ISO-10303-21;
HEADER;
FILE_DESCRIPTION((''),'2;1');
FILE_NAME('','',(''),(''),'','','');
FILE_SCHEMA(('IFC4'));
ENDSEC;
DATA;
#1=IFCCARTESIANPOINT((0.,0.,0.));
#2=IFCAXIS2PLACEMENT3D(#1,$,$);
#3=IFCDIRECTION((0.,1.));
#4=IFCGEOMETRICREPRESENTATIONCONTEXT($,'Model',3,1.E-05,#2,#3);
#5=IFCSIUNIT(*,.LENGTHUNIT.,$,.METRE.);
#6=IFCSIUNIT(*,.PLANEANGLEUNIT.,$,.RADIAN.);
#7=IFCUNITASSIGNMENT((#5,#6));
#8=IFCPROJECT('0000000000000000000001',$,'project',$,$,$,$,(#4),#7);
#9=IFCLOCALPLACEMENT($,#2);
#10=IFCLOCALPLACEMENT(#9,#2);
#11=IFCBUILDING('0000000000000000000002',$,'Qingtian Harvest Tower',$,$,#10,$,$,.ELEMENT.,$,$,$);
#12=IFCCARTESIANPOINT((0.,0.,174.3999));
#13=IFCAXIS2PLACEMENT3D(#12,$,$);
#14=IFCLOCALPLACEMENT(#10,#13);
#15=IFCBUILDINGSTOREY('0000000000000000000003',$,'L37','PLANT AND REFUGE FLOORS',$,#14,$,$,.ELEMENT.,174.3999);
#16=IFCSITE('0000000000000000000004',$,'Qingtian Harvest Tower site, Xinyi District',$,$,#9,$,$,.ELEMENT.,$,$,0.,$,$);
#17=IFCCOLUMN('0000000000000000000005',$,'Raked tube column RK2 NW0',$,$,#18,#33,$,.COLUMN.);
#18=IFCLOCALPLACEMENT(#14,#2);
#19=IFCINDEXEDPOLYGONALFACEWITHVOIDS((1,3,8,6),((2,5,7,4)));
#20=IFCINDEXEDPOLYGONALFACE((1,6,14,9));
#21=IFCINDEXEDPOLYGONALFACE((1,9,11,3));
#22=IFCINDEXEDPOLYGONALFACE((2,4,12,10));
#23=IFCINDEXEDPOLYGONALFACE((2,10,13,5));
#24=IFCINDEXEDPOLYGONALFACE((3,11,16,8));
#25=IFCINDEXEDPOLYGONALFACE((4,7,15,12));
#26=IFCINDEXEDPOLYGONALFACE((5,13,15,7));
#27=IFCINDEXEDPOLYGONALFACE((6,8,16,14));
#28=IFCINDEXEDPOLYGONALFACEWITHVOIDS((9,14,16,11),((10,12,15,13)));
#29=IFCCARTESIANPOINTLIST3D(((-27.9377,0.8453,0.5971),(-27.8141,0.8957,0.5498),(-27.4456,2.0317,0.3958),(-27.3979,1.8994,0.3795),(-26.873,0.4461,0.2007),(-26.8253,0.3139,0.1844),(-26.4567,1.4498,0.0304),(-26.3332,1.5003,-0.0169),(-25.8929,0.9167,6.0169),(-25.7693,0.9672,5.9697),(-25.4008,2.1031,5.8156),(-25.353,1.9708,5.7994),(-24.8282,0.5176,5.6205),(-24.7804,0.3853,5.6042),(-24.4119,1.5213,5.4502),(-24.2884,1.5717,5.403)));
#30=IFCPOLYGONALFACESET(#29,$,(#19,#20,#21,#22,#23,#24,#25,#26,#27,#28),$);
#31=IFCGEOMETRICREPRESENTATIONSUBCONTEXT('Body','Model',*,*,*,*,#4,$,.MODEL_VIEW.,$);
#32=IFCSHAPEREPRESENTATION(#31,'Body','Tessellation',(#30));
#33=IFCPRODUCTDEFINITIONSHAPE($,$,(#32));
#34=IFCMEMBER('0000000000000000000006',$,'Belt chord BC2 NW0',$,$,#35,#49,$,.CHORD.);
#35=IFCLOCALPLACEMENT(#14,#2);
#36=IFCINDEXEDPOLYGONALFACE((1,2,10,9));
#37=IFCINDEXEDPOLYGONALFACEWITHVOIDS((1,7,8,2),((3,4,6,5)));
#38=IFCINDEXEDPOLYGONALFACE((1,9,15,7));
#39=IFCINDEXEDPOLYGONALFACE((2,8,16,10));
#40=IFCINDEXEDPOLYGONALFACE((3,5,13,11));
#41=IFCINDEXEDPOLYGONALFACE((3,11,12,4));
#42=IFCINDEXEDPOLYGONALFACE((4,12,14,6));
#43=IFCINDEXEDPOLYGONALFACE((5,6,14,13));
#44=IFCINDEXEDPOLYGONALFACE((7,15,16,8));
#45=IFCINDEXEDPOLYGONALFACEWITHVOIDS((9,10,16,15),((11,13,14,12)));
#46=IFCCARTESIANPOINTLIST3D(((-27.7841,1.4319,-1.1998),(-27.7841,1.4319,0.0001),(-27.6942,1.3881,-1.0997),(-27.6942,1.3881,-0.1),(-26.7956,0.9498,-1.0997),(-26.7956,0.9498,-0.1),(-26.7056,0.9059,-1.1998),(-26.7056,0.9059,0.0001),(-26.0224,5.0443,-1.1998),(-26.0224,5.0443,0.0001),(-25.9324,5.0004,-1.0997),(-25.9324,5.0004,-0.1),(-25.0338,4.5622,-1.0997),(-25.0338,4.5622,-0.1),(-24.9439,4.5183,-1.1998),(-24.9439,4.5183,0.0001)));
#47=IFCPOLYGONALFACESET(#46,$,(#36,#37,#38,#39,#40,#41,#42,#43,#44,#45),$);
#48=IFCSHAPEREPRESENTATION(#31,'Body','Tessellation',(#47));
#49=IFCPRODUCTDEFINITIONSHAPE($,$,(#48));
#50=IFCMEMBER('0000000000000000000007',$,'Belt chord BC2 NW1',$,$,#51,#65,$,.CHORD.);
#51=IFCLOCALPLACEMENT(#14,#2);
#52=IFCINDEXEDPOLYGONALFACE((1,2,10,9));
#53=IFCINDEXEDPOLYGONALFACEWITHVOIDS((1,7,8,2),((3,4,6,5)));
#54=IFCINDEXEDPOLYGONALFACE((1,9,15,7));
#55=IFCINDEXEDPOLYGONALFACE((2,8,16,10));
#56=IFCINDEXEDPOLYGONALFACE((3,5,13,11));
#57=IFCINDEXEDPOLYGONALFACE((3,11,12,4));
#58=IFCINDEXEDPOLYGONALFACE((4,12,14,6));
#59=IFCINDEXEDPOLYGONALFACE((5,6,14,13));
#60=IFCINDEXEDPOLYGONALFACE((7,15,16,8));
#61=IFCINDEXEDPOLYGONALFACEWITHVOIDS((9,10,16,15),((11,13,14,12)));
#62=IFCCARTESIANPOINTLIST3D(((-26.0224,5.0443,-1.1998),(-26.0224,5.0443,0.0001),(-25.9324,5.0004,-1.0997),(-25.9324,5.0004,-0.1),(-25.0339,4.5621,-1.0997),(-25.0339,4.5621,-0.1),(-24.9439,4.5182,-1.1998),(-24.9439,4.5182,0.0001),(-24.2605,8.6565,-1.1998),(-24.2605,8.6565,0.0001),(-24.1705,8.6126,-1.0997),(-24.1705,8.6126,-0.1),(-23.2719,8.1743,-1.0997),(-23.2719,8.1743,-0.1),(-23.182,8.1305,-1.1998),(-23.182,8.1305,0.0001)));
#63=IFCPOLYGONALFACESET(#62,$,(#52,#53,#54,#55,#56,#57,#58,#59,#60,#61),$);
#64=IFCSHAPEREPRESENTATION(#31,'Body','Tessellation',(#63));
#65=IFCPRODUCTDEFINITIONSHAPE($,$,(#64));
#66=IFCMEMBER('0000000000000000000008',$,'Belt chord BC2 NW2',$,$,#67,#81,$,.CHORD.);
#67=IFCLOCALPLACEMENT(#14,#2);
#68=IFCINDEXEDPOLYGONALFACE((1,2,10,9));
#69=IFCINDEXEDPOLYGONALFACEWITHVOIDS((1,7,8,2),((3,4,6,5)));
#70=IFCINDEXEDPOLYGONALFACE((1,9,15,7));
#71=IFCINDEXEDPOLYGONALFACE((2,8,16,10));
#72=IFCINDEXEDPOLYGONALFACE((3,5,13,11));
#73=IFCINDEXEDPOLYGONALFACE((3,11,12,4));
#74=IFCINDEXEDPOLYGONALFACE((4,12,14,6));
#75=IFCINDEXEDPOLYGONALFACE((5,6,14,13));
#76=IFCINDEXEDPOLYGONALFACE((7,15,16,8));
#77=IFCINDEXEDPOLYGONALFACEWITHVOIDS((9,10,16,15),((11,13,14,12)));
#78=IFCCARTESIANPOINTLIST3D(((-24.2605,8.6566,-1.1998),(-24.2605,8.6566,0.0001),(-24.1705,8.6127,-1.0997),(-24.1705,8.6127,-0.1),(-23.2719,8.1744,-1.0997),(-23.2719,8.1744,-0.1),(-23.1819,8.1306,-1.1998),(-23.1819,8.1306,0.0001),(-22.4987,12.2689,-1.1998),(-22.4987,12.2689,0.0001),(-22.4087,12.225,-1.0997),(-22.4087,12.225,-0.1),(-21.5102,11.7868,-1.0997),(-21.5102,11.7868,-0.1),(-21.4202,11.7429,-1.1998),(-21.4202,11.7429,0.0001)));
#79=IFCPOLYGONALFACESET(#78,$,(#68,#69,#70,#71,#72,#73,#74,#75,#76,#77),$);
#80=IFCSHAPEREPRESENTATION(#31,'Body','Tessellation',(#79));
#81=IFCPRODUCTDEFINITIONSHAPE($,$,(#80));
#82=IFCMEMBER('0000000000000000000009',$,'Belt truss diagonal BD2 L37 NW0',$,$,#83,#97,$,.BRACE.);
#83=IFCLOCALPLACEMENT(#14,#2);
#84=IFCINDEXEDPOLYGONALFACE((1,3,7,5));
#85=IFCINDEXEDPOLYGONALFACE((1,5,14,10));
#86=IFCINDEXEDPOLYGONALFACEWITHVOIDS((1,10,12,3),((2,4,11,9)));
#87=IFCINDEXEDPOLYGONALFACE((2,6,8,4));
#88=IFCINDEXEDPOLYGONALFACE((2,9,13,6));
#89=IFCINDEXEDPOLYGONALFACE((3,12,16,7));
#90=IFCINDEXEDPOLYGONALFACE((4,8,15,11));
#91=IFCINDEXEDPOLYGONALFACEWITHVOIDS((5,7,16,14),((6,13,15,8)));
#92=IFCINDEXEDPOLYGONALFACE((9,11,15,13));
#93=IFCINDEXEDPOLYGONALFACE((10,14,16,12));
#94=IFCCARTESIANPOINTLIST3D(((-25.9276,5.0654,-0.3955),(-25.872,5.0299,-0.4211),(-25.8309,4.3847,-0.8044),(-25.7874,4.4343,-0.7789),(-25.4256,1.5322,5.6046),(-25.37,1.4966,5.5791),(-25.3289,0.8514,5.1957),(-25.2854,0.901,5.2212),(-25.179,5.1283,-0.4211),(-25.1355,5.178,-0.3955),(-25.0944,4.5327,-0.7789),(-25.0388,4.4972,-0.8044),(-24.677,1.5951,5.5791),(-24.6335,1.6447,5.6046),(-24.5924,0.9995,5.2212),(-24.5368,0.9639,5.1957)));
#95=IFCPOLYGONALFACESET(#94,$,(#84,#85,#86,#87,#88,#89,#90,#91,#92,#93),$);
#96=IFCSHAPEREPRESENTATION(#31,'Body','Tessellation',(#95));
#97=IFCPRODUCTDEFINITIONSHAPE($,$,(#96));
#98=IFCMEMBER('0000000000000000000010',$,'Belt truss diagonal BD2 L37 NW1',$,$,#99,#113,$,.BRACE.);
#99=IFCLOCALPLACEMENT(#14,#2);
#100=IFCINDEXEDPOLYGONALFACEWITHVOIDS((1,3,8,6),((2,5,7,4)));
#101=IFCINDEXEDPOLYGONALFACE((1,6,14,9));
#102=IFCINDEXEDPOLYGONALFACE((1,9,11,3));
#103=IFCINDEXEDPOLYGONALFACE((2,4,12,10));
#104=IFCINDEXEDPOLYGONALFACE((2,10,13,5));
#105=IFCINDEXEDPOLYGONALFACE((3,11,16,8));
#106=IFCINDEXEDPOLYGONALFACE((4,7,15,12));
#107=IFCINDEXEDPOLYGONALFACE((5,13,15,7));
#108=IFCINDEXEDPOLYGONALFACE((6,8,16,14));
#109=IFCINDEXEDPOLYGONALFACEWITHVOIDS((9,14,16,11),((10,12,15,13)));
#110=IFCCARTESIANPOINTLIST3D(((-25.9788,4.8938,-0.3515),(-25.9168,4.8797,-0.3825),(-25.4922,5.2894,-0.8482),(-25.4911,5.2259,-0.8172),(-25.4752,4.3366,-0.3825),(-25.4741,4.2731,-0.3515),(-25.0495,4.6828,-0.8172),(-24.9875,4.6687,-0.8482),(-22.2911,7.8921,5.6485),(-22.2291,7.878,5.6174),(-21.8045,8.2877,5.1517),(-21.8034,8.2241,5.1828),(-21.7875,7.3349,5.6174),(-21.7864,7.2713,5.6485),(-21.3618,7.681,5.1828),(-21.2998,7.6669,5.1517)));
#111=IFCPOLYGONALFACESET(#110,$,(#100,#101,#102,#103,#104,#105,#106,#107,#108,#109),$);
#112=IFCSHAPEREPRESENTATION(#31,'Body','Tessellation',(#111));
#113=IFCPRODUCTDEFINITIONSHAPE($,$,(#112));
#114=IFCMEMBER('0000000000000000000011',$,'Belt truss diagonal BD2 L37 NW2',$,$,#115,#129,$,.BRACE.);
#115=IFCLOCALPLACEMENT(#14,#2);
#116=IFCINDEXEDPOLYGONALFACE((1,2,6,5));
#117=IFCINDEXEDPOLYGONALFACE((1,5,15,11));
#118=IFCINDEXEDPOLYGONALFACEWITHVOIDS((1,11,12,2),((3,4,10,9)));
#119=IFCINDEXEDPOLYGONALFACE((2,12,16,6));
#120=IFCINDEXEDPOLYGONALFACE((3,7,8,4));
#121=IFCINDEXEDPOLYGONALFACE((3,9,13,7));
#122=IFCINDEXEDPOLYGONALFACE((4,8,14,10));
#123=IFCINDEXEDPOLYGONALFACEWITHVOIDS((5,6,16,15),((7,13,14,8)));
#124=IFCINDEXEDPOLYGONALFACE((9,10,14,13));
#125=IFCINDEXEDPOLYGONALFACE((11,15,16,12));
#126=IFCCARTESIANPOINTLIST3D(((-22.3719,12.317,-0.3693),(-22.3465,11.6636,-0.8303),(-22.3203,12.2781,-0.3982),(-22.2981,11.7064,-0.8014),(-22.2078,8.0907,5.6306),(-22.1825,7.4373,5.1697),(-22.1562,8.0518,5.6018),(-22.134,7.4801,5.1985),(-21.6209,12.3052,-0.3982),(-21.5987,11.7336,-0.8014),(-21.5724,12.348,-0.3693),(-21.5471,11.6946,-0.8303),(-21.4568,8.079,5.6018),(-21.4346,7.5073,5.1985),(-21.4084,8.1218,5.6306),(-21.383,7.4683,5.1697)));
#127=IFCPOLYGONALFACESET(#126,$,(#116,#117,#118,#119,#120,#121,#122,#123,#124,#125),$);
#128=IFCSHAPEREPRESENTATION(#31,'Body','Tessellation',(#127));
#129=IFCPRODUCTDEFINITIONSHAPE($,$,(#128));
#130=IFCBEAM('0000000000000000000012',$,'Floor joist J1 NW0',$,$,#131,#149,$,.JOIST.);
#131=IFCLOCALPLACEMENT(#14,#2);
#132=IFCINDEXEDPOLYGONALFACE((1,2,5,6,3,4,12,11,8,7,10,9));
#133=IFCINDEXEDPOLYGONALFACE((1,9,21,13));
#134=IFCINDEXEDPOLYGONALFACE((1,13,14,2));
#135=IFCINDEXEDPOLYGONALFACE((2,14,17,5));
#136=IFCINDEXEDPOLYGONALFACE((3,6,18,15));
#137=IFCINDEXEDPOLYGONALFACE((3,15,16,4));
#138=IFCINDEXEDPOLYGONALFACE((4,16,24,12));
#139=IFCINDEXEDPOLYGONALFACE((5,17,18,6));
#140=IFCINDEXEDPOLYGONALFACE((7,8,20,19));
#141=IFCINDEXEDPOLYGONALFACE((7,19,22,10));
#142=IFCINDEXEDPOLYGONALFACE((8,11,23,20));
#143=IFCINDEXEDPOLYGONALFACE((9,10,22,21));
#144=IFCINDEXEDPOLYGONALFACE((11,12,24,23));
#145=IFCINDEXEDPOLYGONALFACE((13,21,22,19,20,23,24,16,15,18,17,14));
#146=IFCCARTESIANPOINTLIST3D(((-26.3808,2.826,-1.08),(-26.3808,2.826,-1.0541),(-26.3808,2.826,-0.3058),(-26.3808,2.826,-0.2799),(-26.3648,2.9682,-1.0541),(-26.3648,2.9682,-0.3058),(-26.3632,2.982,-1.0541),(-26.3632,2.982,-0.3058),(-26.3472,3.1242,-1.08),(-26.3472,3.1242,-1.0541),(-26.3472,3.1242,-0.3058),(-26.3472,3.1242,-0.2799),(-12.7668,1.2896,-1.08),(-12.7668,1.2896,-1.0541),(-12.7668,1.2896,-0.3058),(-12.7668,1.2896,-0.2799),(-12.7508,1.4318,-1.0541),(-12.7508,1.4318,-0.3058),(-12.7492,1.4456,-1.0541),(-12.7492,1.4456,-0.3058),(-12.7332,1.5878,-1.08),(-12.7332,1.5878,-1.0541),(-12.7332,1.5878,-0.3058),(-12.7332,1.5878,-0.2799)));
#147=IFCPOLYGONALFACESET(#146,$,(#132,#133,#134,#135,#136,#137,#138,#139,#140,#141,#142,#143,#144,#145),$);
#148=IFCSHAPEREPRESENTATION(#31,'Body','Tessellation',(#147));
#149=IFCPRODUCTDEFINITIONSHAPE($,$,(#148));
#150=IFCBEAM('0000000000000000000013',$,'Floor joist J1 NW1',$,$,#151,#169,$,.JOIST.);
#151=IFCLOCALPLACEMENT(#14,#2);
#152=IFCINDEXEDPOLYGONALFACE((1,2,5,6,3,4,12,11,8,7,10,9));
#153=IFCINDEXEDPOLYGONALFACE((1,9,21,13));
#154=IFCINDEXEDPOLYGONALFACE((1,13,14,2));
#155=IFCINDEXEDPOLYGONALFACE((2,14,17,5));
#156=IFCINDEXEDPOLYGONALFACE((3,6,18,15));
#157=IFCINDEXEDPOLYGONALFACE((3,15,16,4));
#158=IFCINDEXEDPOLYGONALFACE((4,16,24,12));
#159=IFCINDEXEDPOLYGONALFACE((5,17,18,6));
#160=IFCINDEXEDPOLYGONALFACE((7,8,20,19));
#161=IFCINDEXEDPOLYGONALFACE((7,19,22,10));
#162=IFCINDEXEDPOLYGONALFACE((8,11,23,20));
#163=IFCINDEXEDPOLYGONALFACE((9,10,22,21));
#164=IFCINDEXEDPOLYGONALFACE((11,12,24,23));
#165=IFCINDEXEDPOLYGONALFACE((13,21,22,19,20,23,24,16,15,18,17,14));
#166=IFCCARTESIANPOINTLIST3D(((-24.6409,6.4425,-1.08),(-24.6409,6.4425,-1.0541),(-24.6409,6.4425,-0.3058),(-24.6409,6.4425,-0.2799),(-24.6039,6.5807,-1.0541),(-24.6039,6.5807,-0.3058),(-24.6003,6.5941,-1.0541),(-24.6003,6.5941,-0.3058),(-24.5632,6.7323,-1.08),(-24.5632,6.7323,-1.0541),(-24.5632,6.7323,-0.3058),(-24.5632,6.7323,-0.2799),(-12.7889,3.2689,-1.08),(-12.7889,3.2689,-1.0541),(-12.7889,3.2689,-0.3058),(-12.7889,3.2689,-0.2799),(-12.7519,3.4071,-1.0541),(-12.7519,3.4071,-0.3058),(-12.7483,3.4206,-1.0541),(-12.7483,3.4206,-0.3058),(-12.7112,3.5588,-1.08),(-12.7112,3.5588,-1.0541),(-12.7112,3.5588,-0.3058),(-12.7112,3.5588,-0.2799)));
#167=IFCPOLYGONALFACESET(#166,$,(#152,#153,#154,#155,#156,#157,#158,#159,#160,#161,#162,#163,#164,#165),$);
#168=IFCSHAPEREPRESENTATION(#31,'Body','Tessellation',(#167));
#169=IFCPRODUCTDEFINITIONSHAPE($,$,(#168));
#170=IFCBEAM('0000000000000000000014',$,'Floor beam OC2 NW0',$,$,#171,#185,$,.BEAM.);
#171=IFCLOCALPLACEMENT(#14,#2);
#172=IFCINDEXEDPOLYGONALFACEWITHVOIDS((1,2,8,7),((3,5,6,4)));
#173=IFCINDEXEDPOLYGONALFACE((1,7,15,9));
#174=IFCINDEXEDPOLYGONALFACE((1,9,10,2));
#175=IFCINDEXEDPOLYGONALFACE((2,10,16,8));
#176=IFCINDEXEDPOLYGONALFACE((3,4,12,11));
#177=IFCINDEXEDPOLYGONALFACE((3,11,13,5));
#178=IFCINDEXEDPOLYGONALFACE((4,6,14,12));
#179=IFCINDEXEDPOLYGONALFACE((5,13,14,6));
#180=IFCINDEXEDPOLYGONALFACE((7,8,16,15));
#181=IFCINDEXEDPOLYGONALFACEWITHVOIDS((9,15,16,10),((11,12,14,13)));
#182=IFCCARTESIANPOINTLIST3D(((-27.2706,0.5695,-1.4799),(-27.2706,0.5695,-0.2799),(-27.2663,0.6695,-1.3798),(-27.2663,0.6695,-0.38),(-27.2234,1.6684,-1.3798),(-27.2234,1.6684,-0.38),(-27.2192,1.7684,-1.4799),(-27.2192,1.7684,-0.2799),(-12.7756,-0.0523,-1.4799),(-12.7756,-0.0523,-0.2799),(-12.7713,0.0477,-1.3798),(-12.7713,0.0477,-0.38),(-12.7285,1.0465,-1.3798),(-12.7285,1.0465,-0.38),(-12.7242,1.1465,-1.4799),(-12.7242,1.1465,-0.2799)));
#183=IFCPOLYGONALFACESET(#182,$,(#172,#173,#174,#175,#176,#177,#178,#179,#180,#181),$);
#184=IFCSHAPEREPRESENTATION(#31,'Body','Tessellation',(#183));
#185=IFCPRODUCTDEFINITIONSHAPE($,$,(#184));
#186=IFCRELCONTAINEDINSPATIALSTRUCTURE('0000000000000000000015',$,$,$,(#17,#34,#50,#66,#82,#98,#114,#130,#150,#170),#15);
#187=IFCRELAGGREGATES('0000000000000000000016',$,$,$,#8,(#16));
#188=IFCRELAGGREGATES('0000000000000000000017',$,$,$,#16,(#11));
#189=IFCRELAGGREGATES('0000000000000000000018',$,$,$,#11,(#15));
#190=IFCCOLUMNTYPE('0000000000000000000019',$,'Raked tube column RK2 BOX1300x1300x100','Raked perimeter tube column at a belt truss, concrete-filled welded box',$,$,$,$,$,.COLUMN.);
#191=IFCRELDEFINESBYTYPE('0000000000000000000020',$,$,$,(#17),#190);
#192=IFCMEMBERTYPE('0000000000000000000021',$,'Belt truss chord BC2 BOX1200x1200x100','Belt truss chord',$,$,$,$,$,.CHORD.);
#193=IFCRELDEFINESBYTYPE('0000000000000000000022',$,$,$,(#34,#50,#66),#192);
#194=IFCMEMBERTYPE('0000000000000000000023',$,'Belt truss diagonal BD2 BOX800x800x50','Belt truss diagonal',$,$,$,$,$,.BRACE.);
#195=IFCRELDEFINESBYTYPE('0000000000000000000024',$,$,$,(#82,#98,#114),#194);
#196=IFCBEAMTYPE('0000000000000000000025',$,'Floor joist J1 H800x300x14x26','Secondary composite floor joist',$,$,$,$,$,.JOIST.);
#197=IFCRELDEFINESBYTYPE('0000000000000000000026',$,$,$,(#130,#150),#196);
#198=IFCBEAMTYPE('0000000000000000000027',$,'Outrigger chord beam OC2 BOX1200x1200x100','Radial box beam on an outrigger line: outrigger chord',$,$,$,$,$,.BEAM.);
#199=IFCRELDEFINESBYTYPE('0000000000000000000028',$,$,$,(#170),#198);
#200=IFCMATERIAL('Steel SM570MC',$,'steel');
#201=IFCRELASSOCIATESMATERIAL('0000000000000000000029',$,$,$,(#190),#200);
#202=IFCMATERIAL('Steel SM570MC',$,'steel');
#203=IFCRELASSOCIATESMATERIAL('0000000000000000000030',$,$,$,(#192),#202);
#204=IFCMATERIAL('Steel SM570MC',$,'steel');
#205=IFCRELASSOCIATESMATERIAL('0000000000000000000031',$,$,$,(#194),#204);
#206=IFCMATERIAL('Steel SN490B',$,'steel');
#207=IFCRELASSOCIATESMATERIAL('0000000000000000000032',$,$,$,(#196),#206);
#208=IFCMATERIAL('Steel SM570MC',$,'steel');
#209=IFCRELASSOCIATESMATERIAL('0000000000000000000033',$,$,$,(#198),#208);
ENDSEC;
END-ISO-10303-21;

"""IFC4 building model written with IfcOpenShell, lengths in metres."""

from ifc_helpers import new_model, si_unit, direction, frame, origin, origin_2d, place, context, subcontext, project, spatial, hollow_rectangle, i_section, extrude, clip, halfspace, material, material_profile, profile_set, type_object, element, save


model = new_model("IFC4")

# Units and contexts
model_context = context("Model", 3, precision=1e-05, world=origin(), true_north=direction((0.0, 1.0)))
body_context = subcontext(model_context, "Body", "Model", "MODEL_VIEW")
ifc_project = project(units=[si_unit("LENGTHUNIT", "METRE"), si_unit("PLANEANGLEUNIT", "RADIAN")], contexts=[model_context])

# Site, building, storey
site_placement = place(None, origin())
site = spatial("IfcSite", under=ifc_project, at=site_placement, Name="Qingtian Harvest Tower site, Xinyi District", CompositionType="ELEMENT", RefElevation=0.0)
building_placement = place(site_placement, origin())
building = spatial("IfcBuilding", under=site, at=building_placement, Name="Qingtian Harvest Tower", CompositionType="ELEMENT")
storey_placement = place(building_placement, frame((0.0, 0.0, 174.3999)))
storey = spatial("IfcBuildingStorey", under=building, at=storey_placement, Name="L37", Description="PLANT AND REFUGE FLOORS", CompositionType="ELEMENT", Elevation=174.3999)

# Column
ifc_material_1 = material(Name="Steel SM570MC", Category="steel")
ifc_material_profile_1 = material_profile(ifc_material_1, hollow_rectangle(XDim=1.3, YDim=1.3, WallThickness=0.1001, at=origin_2d()), Name="BOX1300x1300x100")
ifc_profile_set_1 = profile_set([ifc_material_profile_1], Name="Steel SM570MC")
column_type = type_object("IfcColumnType", Name="Raked tube column RK2 BOX1300x1300x100", Description="Raked perimeter tube column at a belt truss, concrete-filled welded box", PredefinedType="COLUMN", material=ifc_profile_set_1)
column_1_placement = place(storey_placement, frame((-27.2449, 1.1689, 0.0), z_axis=(0.352965, 0.012334, 0.935555), x_axis=(0.855668, -0.408738, -0.317436)))
element("IfcColumn", 1, at=column_1_placement, inside=storey, type_object=column_type, Name="Raked tube column RK2 NW0", PredefinedType="COLUMN", context=body_context, shape_type="Clipping", body=[
    clip(clip(extrude(hollow_rectangle(XDim=1.3, YDim=1.3, WallThickness=0.1001, at=origin_2d()), origin(), (0.0, 0.0, 1.0), 6.4133), halfspace(frame((0.0, 0.0, 0.3101), z_axis=(0.0, 0.0, -1.0), x_axis=(0.0, -1.0, 0.0)), False)), halfspace(frame((0.0, 0.0, 6.1033), z_axis=(0.0, 0.0, 1.0), x_axis=(0.0, 1.0, 0.0)), False)),
])

# Members
ifc_material_2 = material(Name="Steel SM570MC", Category="steel")
ifc_material_profile_2 = material_profile(ifc_material_2, hollow_rectangle(XDim=1.2, YDim=1.2, WallThickness=0.1001, at=origin_2d()), Name="BOX1200x1200x100")
ifc_profile_set_2 = profile_set([ifc_material_profile_2], Name="Steel SM570MC")
member_type_1 = type_object("IfcMemberType", Name="Belt truss chord BC2 BOX1200x1200x100", Description="Belt truss chord", PredefinedType="CHORD", material=ifc_profile_set_2)
for number, where, z_axis, x_axis, name in (
    (2, (-27.2449, 1.1689, -0.5999), (0.438347, 0.898806, 0.0), (-0.898806, 0.438347, 0.0), "Belt chord BC2 NW0"),
    (3, (-25.4832, 4.7812, -0.5999), (0.438396, 0.898782, 0.0), (-0.898782, 0.438396, 0.0), "Belt chord BC2 NW1"),
    (4, (-23.7212, 8.3936, -0.5999), (0.438347, 0.898806, 0.0), (-0.898806, 0.438347, 0.0), "Belt chord BC2 NW2"),
):
    element("IfcMember", number, at=place(storey_placement, frame(where, z_axis=z_axis, x_axis=x_axis)), inside=storey, type_object=member_type_1, Name=name, PredefinedType="CHORD", context=body_context, shape_type="SweptSolid", body=[
        extrude(hollow_rectangle(XDim=1.2, YDim=1.2, WallThickness=0.1001, at=origin_2d()), origin(), (0.0, 0.0, 1.0), 4.019),
    ])
ifc_material_3 = material(Name="Steel SM570MC", Category="steel")
ifc_material_profile_3 = material_profile(ifc_material_3, hollow_rectangle(XDim=0.8, YDim=0.8, WallThickness=0.05, at=origin_2d()), Name="BOX800x800x50")
ifc_profile_set_3 = profile_set([ifc_material_profile_3], Name="Steel SM570MC")
member_type_2 = type_object("IfcMemberType", Name="Belt truss diagonal BD2 BOX800x800x50", Description="Belt truss diagonal", PredefinedType="BRACE", material=ifc_profile_set_3)
member_1_placement = place(storey_placement, frame((-24.9812, 1.248, 5.4001), z_axis=(-0.071902, 0.506111, -0.859466), x_axis=(-0.990059, -0.140655, 0.0)))
element("IfcMember", 5, at=member_1_placement, inside=storey, type_object=member_type_2, Name="Belt truss diagonal BD2 L37 NW0", PredefinedType="BRACE", context=body_context, shape_type="SweptSolid", body=[
    extrude(hollow_rectangle(XDim=0.8, YDim=0.8, WallThickness=0.05, at=origin_2d()), origin(), (0.0, 0.0, 1.0), 6.9812),
])
member_2_placement = place(storey_placement, frame((-25.4832, 4.7812, -0.5999), z_axis=(0.481784, 0.39171, 0.783867), x_axis=(-0.630846, 0.775908, 0.0)))
element("IfcMember", 6, at=member_2_placement, inside=storey, type_object=member_type_2, Name="Belt truss diagonal BD2 L37 NW1", PredefinedType="BRACE", context=body_context, shape_type="SweptSolid", body=[
    extrude(hollow_rectangle(XDim=0.8, YDim=0.8, WallThickness=0.05, at=origin_2d()), origin(), (0.0, 0.0, 1.0), 7.6543),
])
member_3_placement = place(storey_placement, frame((-21.7954, 7.7795, 5.4001), z_axis=(-0.022349, 0.575723, -0.817339), x_axis=(-0.999247, -0.03879, 0.0)))
element("IfcMember", 7, at=member_3_placement, inside=storey, type_object=member_type_2, Name="Belt truss diagonal BD2 L37 NW2", PredefinedType="BRACE", context=body_context, shape_type="SweptSolid", body=[
    extrude(hollow_rectangle(XDim=0.8, YDim=0.8, WallThickness=0.05, at=origin_2d()), origin(), (0.0, 0.0, 1.0), 7.3408),
])

# Beams
ifc_material_4 = material(Name="Steel SN490B", Category="steel")
ifc_material_profile_4 = material_profile(ifc_material_4, i_section(OverallWidth=0.3, OverallDepth=0.8, WebThickness=0.0139, FlangeThickness=0.0259, at=origin_2d()), Name="H800x300x14x26")
ifc_profile_set_4 = profile_set([ifc_material_profile_4], Name="Steel SN490B")
beam_type_1 = type_object("IfcBeamType", Name="Floor joist J1 H800x300x14x26", Description="Secondary composite floor joist", PredefinedType="JOIST", material=ifc_profile_set_4)
beam_1_placement = place(storey_placement, frame((-26.364, 2.9751, -0.6799), z_axis=(0.993692, -0.112141, 0.0), x_axis=(0.112141, 0.993692, 0.0)))
element("IfcBeam", 8, at=beam_1_placement, inside=storey, type_object=beam_type_1, Name="Floor joist J1 NW0", PredefinedType="JOIST", context=body_context, shape_type="SweptSolid", body=[
    extrude(i_section(OverallWidth=0.3, OverallDepth=0.8, WebThickness=0.0139, FlangeThickness=0.0259, at=origin_2d()), origin(), (0.0, 0.0, 1.0), 13.7004),
])
beam_2_placement = place(storey_placement, frame((-24.6021, 6.5874, -0.6799), z_axis=(0.96597, -0.258655, 0.0), x_axis=(0.258655, 0.96597, 0.0)))
element("IfcBeam", 9, at=beam_2_placement, inside=storey, type_object=beam_type_1, Name="Floor joist J1 NW1", PredefinedType="JOIST", context=body_context, shape_type="SweptSolid", body=[
    extrude(i_section(OverallWidth=0.3, OverallDepth=0.8, WebThickness=0.0139, FlangeThickness=0.0259, at=origin_2d()), origin(), (0.0, 0.0, 1.0), 12.2695),
])
ifc_material_5 = material(Name="Steel SM570MC", Category="steel")
ifc_material_profile_5 = material_profile(ifc_material_5, hollow_rectangle(XDim=1.2, YDim=1.2, WallThickness=0.1001, at=origin_2d()), Name="BOX1200x1200x100")
ifc_profile_set_5 = profile_set([ifc_material_profile_5], Name="Steel SM570MC")
beam_type_2 = type_object("IfcBeamType", Name="Outrigger chord beam OC2 BOX1200x1200x100", Description="Radial box beam on an outrigger line: outrigger chord", PredefinedType="BEAM", material=ifc_profile_set_5)
beam_3_placement = place(storey_placement, frame((-27.2449, 1.1689, -0.8799), z_axis=(0.999081, -0.04286, 0.0), x_axis=(0.04286, 0.999081, 0.0)))
element("IfcBeam", 10, at=beam_3_placement, inside=storey, type_object=beam_type_2, Name="Floor beam OC2 NW0", PredefinedType="BEAM", context=body_context, shape_type="SweptSolid", body=[
    extrude(hollow_rectangle(XDim=1.2, YDim=1.2, WallThickness=0.1001, at=origin_2d()), origin(), (0.0, 0.0, 1.0), 14.5083),
])

save(model, "model.ifc")
